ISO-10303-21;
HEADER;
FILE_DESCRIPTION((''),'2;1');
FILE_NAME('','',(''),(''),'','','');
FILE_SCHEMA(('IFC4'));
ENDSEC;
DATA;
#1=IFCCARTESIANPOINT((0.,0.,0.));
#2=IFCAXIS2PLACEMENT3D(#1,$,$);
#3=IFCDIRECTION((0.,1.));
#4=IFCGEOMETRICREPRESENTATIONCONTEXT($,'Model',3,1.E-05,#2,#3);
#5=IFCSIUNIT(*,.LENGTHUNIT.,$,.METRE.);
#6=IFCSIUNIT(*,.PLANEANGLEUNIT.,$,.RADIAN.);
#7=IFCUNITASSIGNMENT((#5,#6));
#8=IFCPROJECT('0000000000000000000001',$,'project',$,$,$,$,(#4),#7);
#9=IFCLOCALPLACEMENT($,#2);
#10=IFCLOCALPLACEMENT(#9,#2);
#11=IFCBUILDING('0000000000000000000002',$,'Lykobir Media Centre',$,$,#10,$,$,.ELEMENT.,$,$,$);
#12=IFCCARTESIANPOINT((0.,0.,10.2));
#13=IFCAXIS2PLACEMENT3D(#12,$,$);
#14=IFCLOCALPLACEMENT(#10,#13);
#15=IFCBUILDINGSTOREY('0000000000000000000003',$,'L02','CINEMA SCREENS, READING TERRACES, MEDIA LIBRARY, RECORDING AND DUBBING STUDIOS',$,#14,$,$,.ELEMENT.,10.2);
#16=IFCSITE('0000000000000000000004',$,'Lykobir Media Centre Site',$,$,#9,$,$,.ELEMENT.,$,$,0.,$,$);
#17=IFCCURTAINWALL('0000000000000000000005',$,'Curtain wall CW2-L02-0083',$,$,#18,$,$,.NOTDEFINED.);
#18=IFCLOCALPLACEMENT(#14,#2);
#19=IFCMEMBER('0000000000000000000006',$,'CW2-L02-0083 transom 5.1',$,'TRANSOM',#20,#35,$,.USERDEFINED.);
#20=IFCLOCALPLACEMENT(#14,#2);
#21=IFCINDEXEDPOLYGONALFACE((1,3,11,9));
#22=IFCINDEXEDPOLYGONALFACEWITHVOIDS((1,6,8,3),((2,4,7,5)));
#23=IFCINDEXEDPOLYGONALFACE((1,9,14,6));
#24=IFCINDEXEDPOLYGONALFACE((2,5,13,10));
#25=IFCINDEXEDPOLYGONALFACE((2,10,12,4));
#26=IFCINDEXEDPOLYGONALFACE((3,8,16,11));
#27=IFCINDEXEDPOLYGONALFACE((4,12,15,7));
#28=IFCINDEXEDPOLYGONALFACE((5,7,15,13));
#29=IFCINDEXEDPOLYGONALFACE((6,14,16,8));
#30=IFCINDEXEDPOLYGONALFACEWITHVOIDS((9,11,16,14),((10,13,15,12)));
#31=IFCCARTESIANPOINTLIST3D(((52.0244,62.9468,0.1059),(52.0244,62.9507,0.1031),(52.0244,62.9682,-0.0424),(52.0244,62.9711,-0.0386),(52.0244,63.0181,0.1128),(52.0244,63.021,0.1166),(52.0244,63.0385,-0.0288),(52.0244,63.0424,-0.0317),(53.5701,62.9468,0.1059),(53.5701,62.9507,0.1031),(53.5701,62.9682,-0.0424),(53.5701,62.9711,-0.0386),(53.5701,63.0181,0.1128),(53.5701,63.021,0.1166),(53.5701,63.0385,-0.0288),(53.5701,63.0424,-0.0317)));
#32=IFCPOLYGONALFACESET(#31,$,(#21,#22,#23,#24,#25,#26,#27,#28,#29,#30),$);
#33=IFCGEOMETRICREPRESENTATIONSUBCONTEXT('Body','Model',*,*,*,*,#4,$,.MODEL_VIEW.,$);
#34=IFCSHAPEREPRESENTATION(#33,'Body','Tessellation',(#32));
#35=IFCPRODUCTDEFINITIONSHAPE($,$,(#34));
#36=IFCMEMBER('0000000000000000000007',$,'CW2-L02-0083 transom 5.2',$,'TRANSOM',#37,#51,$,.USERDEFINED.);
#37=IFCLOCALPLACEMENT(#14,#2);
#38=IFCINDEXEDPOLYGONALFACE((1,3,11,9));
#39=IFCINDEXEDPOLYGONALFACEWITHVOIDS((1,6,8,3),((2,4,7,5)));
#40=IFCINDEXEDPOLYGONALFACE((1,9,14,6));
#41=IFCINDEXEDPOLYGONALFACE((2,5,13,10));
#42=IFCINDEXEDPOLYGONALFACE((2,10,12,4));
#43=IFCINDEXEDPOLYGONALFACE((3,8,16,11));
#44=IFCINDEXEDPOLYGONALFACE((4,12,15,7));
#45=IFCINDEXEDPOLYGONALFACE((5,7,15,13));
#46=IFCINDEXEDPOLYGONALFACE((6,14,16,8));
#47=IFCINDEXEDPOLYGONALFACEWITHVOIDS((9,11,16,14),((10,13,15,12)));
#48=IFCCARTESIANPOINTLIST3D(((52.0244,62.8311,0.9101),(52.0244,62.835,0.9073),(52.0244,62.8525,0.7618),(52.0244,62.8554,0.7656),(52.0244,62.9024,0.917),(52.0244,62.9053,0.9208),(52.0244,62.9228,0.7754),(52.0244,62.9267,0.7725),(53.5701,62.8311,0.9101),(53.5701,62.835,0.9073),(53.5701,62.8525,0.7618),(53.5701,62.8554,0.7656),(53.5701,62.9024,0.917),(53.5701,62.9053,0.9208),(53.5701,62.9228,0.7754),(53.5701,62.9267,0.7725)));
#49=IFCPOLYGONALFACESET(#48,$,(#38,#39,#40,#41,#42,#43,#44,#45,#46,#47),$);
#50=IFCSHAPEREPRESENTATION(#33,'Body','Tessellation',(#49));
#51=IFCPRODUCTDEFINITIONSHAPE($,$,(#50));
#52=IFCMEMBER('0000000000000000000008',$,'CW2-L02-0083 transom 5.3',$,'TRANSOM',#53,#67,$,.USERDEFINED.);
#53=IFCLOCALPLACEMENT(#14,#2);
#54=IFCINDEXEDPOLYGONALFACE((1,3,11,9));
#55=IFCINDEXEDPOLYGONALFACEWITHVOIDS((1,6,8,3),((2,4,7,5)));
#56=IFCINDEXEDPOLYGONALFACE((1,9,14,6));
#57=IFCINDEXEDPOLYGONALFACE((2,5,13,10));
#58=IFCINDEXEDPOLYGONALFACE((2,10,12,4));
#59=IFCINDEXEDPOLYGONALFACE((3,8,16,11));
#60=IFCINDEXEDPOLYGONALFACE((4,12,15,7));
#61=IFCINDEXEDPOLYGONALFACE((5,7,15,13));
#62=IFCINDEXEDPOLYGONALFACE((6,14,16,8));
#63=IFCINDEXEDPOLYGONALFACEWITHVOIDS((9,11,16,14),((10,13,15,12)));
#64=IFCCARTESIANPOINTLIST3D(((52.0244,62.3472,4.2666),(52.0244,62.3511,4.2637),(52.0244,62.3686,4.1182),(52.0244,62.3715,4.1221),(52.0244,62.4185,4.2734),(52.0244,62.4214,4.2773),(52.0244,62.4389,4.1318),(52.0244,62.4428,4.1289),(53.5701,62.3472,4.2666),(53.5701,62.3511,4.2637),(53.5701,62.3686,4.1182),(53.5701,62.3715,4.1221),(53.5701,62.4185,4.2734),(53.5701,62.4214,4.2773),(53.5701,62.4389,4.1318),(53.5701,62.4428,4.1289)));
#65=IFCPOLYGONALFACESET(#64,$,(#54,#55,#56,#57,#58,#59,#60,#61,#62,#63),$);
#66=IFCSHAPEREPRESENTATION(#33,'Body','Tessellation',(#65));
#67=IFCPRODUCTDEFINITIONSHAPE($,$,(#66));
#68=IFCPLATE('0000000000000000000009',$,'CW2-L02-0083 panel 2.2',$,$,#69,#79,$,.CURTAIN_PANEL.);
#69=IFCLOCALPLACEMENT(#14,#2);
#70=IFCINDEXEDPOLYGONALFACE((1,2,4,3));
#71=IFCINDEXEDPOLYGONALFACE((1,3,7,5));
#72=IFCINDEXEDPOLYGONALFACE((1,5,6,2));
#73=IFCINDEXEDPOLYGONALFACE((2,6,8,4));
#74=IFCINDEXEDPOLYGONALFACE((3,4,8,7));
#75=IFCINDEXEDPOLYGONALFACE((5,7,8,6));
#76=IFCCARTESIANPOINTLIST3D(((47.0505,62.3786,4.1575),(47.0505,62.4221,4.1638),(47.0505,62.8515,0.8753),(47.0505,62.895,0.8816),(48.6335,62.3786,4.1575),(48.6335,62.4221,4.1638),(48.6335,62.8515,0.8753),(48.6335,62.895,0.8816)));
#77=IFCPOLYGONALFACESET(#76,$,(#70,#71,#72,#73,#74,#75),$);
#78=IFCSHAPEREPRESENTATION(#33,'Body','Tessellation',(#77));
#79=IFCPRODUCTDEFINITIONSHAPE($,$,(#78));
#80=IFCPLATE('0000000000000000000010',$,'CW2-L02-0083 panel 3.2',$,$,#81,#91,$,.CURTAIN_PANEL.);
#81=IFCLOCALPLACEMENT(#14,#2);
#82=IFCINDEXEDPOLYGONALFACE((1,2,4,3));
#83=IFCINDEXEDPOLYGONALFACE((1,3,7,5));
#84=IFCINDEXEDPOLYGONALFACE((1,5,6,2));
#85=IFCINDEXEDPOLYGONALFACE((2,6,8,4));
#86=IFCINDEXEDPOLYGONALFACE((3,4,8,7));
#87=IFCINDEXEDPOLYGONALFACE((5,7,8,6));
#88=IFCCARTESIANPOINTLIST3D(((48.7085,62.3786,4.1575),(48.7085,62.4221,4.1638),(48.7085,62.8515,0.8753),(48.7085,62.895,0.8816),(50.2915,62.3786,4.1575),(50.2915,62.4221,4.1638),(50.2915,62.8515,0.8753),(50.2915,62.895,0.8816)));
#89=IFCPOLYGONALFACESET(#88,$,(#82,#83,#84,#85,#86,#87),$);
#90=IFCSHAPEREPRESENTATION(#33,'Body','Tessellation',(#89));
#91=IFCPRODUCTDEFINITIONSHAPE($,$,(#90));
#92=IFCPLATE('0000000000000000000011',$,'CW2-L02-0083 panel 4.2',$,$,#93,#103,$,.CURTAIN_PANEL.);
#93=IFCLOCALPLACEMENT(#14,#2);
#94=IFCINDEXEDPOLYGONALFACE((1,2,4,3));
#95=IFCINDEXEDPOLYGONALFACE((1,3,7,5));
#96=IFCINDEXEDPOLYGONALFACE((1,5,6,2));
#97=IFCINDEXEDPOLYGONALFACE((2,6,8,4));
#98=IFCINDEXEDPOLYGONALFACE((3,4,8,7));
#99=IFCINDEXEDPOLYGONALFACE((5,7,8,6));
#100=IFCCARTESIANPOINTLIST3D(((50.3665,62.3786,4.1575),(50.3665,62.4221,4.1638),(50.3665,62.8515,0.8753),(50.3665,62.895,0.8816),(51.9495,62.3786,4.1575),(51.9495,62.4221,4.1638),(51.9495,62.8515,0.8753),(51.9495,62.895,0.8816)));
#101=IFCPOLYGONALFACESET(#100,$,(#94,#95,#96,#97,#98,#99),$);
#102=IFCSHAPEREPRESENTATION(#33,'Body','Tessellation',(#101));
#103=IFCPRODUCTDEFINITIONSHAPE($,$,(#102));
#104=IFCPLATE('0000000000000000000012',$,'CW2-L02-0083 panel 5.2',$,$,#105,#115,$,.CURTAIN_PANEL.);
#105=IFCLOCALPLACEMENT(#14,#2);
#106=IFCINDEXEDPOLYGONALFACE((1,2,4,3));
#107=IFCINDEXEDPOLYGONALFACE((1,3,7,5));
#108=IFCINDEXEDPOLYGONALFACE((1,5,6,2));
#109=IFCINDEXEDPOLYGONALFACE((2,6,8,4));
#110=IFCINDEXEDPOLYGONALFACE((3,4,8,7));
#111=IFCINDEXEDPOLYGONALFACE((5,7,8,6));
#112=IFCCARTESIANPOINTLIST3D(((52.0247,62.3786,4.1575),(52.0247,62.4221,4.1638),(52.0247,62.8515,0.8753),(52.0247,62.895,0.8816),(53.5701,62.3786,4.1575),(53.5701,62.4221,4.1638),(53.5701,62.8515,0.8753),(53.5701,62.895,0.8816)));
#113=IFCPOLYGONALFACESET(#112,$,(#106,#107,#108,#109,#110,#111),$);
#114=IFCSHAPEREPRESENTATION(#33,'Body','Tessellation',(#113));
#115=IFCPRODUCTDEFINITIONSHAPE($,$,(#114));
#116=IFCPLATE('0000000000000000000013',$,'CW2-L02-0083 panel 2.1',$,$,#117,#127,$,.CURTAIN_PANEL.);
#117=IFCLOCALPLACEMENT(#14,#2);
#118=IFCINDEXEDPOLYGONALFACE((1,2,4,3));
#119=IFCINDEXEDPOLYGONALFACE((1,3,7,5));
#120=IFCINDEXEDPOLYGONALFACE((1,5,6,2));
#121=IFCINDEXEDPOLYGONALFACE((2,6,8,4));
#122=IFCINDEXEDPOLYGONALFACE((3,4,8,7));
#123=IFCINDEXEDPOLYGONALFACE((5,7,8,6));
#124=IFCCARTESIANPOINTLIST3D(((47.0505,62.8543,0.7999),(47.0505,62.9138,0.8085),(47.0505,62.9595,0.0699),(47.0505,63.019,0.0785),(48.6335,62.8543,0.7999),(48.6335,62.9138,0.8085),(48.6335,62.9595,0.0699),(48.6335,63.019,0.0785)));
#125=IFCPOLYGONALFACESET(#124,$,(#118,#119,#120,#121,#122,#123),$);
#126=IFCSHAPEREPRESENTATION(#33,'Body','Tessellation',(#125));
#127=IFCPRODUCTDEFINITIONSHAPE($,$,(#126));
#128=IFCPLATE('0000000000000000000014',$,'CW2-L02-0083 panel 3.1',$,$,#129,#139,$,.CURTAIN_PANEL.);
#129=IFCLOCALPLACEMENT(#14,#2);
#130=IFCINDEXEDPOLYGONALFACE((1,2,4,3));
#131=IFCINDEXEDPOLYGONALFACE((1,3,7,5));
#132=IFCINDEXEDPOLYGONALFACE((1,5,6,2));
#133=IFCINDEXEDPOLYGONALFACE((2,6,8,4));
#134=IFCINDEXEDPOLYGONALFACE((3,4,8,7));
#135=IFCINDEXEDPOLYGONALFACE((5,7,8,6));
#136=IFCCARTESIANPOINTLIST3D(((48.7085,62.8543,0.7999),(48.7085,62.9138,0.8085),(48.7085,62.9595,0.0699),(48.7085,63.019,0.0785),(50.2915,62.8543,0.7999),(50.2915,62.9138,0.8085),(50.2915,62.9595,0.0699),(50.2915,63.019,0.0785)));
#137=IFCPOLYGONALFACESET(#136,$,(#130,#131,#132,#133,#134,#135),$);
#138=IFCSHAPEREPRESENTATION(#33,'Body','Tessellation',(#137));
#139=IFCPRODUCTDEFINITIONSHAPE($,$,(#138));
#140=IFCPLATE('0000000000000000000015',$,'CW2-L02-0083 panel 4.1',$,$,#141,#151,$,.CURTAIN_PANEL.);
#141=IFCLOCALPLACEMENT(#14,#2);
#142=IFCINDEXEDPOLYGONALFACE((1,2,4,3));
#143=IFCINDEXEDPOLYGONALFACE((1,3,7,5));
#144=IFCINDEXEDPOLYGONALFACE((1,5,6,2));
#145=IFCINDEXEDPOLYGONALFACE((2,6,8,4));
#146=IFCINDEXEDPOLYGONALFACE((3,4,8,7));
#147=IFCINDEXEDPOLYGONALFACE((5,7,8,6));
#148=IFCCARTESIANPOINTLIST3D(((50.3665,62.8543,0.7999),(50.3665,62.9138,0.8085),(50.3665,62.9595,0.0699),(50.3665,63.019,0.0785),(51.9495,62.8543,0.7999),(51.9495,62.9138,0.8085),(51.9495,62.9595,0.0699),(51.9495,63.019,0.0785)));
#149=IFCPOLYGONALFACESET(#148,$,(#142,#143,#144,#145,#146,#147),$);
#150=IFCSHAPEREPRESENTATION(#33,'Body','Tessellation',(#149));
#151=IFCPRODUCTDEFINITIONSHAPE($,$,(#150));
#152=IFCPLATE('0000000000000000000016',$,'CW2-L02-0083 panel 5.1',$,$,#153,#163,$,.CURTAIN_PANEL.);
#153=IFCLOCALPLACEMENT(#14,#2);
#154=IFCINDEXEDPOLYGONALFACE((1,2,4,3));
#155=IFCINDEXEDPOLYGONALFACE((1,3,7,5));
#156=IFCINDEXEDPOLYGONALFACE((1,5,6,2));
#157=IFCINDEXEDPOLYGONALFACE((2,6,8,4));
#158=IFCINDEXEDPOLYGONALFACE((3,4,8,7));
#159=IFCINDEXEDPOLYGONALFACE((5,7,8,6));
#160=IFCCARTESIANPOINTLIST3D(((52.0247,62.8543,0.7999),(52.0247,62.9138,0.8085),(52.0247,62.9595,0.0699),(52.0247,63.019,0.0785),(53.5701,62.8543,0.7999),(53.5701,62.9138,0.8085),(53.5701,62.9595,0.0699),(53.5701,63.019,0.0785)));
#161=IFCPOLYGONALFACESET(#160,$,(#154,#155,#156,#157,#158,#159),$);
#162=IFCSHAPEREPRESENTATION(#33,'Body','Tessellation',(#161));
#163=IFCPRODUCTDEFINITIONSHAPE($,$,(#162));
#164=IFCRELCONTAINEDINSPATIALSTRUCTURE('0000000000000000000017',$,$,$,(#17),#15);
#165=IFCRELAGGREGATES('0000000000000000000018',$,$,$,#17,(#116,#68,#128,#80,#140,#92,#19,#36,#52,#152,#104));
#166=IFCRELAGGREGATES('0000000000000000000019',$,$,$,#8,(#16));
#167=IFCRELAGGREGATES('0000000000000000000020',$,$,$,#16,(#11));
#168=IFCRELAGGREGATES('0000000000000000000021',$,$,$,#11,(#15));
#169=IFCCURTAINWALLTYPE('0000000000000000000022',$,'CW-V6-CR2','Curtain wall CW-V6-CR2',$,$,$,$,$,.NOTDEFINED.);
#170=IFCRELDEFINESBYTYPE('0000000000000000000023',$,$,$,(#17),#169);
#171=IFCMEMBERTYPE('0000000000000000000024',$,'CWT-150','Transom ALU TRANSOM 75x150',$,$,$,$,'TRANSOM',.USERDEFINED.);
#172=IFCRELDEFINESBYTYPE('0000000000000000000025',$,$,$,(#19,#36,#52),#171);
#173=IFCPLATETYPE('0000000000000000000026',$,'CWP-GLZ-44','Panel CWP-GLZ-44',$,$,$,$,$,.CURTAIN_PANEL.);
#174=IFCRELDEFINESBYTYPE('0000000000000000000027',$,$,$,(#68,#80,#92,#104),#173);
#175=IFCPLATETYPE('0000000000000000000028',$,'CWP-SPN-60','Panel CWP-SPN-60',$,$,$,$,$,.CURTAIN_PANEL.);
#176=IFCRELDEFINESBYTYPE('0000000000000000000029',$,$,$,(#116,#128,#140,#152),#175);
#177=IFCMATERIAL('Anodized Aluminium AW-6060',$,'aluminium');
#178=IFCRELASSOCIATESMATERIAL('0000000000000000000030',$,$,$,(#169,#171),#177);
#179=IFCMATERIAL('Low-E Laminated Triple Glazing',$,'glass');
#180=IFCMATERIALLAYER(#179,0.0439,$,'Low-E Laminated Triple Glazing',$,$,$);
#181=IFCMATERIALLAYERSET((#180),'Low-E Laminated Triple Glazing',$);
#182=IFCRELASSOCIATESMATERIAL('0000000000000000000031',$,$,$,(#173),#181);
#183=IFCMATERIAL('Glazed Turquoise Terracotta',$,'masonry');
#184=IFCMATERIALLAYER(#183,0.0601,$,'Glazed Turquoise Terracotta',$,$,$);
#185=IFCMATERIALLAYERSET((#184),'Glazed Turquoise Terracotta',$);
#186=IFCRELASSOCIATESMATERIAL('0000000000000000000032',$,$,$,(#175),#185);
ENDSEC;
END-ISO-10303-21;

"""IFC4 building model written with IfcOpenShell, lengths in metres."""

from ifc_helpers import new_model, si_unit, direction, frame, origin, origin_2d, place, context, subcontext, project, spatial, rectangle, hollow_rectangle, extrude, material, layer, layer_set, material_profile, profile_set, type_object, element, aggregate, save


model = new_model("IFC4")

# Units and contexts
model_context = context("Model", 3, precision=1e-05, world=origin(), true_north=direction((0.0, 1.0)))
body_context = subcontext(model_context, "Body", "Model", "MODEL_VIEW")
ifc_project = project(units=[si_unit("LENGTHUNIT", "METRE"), si_unit("PLANEANGLEUNIT", "RADIAN")], contexts=[model_context])

# Site, building, storey
site_placement = place(None, origin())
site = spatial("IfcSite", under=ifc_project, at=site_placement, Name="Lykobir Media Centre Site", CompositionType="ELEMENT", RefElevation=0.0)
building_placement = place(site_placement, origin())
building = spatial("IfcBuilding", under=site, at=building_placement, Name="Lykobir Media Centre", CompositionType="ELEMENT")
storey_placement = place(building_placement, frame((0.0, 0.0, 10.2)))
storey = spatial("IfcBuildingStorey", under=building, at=storey_placement, Name="L02", Description="CINEMA SCREENS, READING TERRACES, MEDIA LIBRARY, RECORDING AND DUBBING STUDIOS", CompositionType="ELEMENT", Elevation=10.2)

# Curtain wall, members, plates
ifc_material_1 = material(Name="Anodized Aluminium AW-6060", Category="aluminium")
curtain_wall_type = type_object("IfcCurtainWallType", Name="CW-V6-CR2", Description="Curtain wall CW-V6-CR2", PredefinedType="NOTDEFINED", material=ifc_material_1)
curtain_wall_placement = place(storey_placement, origin())
curtain_wall = element("IfcCurtainWall", 1, at=curtain_wall_placement, inside=storey, type_object=curtain_wall_type, Name="Curtain wall CW2-L02-0083", PredefinedType="NOTDEFINED")
ifc_material_profile_1 = material_profile(ifc_material_1, hollow_rectangle(XDim=0.075, YDim=0.1499, WallThickness=0.0034, at=origin_2d()), Name="ALU TRANSOM 75x150")
ifc_profile_set_1 = profile_set([ifc_material_profile_1], Name="Anodized Aluminium AW-6060")
member_type_1 = type_object("IfcMemberType", Name="CWT-150", Description="Transom ALU TRANSOM 75x150", ElementType="TRANSOM", PredefinedType="USERDEFINED", material=ifc_profile_set_1)
member_1_placement = place(storey_placement, frame((52.0244, 62.9946, 0.0371), z_axis=(1.0, 0.0, 0.0), x_axis=(0.0, 0.989776, 0.142629)))
member_1 = element("IfcMember", 2, at=member_1_placement, type_object=member_type_1, Name="CW2-L02-0083 transom 5.1", ObjectType="TRANSOM", PredefinedType="USERDEFINED", context=body_context, shape_type="SweptSolid", body=[
    extrude(hollow_rectangle(XDim=0.075, YDim=0.1499, WallThickness=0.0034, at=origin_2d()), origin(), (0.0, 0.0, 1.0), 1.5457),
])
member_2_placement = place(storey_placement, frame((52.0244, 62.8789, 0.8413), z_axis=(1.0, 0.0, 0.0), x_axis=(0.0, 0.989776, 0.142629)))
member_2 = element("IfcMember", 3, at=member_2_placement, type_object=member_type_1, Name="CW2-L02-0083 transom 5.2", ObjectType="TRANSOM", PredefinedType="USERDEFINED", context=body_context, shape_type="SweptSolid", body=[
    extrude(hollow_rectangle(XDim=0.075, YDim=0.1499, WallThickness=0.0034, at=origin_2d()), origin(), (0.0, 0.0, 1.0), 1.5457),
])
member_3_placement = place(storey_placement, frame((52.0244, 62.395, 4.1978), z_axis=(1.0, 0.0, 0.0), x_axis=(0.0, 0.989776, 0.142629)))
member_3 = element("IfcMember", 4, at=member_3_placement, type_object=member_type_1, Name="CW2-L02-0083 transom 5.3", ObjectType="TRANSOM", PredefinedType="USERDEFINED", context=body_context, shape_type="SweptSolid", body=[
    extrude(hollow_rectangle(XDim=0.075, YDim=0.1499, WallThickness=0.0034, at=origin_2d()), origin(), (0.0, 0.0, 1.0), 1.5457),
])
ifc_material_2 = material(Name="Low-E Laminated Triple Glazing", Category="glass")
ifc_layer_1 = layer(ifc_material_2, 0.0439, Name="Low-E Laminated Triple Glazing")
ifc_layer_set_1 = layer_set([ifc_layer_1], Name="Low-E Laminated Triple Glazing")
plate_type_1 = type_object("IfcPlateType", Name="CWP-GLZ-44", Description="Panel CWP-GLZ-44", PredefinedType="CURTAIN_PANEL", material=ifc_layer_set_1)
plate_1_placement = place(storey_placement, frame((47.842, 62.8733, 0.8784), z_axis=(0.0, -0.142629, 0.989776), x_axis=(1.0, 0.0, 0.0)))
plate_1 = element("IfcPlate", 5, at=plate_1_placement, type_object=plate_type_1, Name="CW2-L02-0083 panel 2.2", PredefinedType="CURTAIN_PANEL", context=body_context, shape_type="SweptSolid", body=[
    extrude(rectangle(XDim=1.583, YDim=0.0439, at=origin_2d()), origin(), (0.0, 0.0, 1.0), 3.3162),
])
plate_2_placement = place(storey_placement, frame((49.5, 62.8733, 0.8784), z_axis=(0.0, -0.142629, 0.989776), x_axis=(1.0, 0.0, 0.0)))
plate_2 = element("IfcPlate", 6, at=plate_2_placement, type_object=plate_type_1, Name="CW2-L02-0083 panel 3.2", PredefinedType="CURTAIN_PANEL", context=body_context, shape_type="SweptSolid", body=[
    extrude(rectangle(XDim=1.583, YDim=0.0439, at=origin_2d()), origin(), (0.0, 0.0, 1.0), 3.3162),
])
plate_3_placement = place(storey_placement, frame((51.158, 62.8733, 0.8784), z_axis=(0.0, -0.142629, 0.989776), x_axis=(1.0, 0.0, 0.0)))
plate_3 = element("IfcPlate", 7, at=plate_3_placement, type_object=plate_type_1, Name="CW2-L02-0083 panel 4.2", PredefinedType="CURTAIN_PANEL", context=body_context, shape_type="SweptSolid", body=[
    extrude(rectangle(XDim=1.583, YDim=0.0439, at=origin_2d()), origin(), (0.0, 0.0, 1.0), 3.3162),
])
plate_4_placement = place(storey_placement, frame((52.7974, 62.8733, 0.8784), z_axis=(0.0, -0.142629, 0.989776), x_axis=(1.0, 0.0, 0.0)))
plate_4 = element("IfcPlate", 8, at=plate_4_placement, type_object=plate_type_1, Name="CW2-L02-0083 panel 5.2", PredefinedType="CURTAIN_PANEL", context=body_context, shape_type="SweptSolid", body=[
    extrude(rectangle(XDim=1.5454, YDim=0.0439, at=origin_2d()), origin(), (0.0, 0.0, 1.0), 3.3162),
])
ifc_material_3 = material(Name="Glazed Turquoise Terracotta", Category="masonry")
ifc_layer_2 = layer(ifc_material_3, 0.0601, Name="Glazed Turquoise Terracotta")
ifc_layer_set_2 = layer_set([ifc_layer_2], Name="Glazed Turquoise Terracotta")
plate_type_2 = type_object("IfcPlateType", Name="CWP-SPN-60", Description="Panel CWP-SPN-60", PredefinedType="CURTAIN_PANEL", material=ifc_layer_set_2)
plate_5_placement = place(storey_placement, frame((47.842, 62.9893, 0.0742), z_axis=(0.0, -0.142629, 0.989776), x_axis=(1.0, 0.0, 0.0)))
plate_5 = element("IfcPlate", 9, at=plate_5_placement, type_object=plate_type_2, Name="CW2-L02-0083 panel 2.1", PredefinedType="CURTAIN_PANEL", context=body_context, shape_type="SweptSolid", body=[
    extrude(rectangle(XDim=1.583, YDim=0.0601, at=origin_2d()), origin(), (0.0, 0.0, 1.0), 0.7375),
])
plate_6_placement = place(storey_placement, frame((49.5, 62.9893, 0.0742), z_axis=(0.0, -0.142629, 0.989776), x_axis=(1.0, 0.0, 0.0)))
plate_6 = element("IfcPlate", 10, at=plate_6_placement, type_object=plate_type_2, Name="CW2-L02-0083 panel 3.1", PredefinedType="CURTAIN_PANEL", context=body_context, shape_type="SweptSolid", body=[
    extrude(rectangle(XDim=1.583, YDim=0.0601, at=origin_2d()), origin(), (0.0, 0.0, 1.0), 0.7375),
])
plate_7_placement = place(storey_placement, frame((51.158, 62.9893, 0.0742), z_axis=(0.0, -0.142629, 0.989776), x_axis=(1.0, 0.0, 0.0)))
plate_7 = element("IfcPlate", 11, at=plate_7_placement, type_object=plate_type_2, Name="CW2-L02-0083 panel 4.1", PredefinedType="CURTAIN_PANEL", context=body_context, shape_type="SweptSolid", body=[
    extrude(rectangle(XDim=1.583, YDim=0.0601, at=origin_2d()), origin(), (0.0, 0.0, 1.0), 0.7375),
])
plate_8_placement = place(storey_placement, frame((52.7974, 62.9893, 0.0742), z_axis=(0.0, -0.142629, 0.989776), x_axis=(1.0, 0.0, 0.0)))
plate_8 = element("IfcPlate", 12, at=plate_8_placement, type_object=plate_type_2, Name="CW2-L02-0083 panel 5.1", PredefinedType="CURTAIN_PANEL", context=body_context, shape_type="SweptSolid", body=[
    extrude(rectangle(XDim=1.5454, YDim=0.0601, at=origin_2d()), origin(), (0.0, 0.0, 1.0), 0.7375),
])
aggregate(curtain_wall, [plate_5, plate_1, plate_6, plate_2, plate_7, plate_3, member_1, member_2, member_3, plate_8, plate_4])

save(model, "model.ifc")
